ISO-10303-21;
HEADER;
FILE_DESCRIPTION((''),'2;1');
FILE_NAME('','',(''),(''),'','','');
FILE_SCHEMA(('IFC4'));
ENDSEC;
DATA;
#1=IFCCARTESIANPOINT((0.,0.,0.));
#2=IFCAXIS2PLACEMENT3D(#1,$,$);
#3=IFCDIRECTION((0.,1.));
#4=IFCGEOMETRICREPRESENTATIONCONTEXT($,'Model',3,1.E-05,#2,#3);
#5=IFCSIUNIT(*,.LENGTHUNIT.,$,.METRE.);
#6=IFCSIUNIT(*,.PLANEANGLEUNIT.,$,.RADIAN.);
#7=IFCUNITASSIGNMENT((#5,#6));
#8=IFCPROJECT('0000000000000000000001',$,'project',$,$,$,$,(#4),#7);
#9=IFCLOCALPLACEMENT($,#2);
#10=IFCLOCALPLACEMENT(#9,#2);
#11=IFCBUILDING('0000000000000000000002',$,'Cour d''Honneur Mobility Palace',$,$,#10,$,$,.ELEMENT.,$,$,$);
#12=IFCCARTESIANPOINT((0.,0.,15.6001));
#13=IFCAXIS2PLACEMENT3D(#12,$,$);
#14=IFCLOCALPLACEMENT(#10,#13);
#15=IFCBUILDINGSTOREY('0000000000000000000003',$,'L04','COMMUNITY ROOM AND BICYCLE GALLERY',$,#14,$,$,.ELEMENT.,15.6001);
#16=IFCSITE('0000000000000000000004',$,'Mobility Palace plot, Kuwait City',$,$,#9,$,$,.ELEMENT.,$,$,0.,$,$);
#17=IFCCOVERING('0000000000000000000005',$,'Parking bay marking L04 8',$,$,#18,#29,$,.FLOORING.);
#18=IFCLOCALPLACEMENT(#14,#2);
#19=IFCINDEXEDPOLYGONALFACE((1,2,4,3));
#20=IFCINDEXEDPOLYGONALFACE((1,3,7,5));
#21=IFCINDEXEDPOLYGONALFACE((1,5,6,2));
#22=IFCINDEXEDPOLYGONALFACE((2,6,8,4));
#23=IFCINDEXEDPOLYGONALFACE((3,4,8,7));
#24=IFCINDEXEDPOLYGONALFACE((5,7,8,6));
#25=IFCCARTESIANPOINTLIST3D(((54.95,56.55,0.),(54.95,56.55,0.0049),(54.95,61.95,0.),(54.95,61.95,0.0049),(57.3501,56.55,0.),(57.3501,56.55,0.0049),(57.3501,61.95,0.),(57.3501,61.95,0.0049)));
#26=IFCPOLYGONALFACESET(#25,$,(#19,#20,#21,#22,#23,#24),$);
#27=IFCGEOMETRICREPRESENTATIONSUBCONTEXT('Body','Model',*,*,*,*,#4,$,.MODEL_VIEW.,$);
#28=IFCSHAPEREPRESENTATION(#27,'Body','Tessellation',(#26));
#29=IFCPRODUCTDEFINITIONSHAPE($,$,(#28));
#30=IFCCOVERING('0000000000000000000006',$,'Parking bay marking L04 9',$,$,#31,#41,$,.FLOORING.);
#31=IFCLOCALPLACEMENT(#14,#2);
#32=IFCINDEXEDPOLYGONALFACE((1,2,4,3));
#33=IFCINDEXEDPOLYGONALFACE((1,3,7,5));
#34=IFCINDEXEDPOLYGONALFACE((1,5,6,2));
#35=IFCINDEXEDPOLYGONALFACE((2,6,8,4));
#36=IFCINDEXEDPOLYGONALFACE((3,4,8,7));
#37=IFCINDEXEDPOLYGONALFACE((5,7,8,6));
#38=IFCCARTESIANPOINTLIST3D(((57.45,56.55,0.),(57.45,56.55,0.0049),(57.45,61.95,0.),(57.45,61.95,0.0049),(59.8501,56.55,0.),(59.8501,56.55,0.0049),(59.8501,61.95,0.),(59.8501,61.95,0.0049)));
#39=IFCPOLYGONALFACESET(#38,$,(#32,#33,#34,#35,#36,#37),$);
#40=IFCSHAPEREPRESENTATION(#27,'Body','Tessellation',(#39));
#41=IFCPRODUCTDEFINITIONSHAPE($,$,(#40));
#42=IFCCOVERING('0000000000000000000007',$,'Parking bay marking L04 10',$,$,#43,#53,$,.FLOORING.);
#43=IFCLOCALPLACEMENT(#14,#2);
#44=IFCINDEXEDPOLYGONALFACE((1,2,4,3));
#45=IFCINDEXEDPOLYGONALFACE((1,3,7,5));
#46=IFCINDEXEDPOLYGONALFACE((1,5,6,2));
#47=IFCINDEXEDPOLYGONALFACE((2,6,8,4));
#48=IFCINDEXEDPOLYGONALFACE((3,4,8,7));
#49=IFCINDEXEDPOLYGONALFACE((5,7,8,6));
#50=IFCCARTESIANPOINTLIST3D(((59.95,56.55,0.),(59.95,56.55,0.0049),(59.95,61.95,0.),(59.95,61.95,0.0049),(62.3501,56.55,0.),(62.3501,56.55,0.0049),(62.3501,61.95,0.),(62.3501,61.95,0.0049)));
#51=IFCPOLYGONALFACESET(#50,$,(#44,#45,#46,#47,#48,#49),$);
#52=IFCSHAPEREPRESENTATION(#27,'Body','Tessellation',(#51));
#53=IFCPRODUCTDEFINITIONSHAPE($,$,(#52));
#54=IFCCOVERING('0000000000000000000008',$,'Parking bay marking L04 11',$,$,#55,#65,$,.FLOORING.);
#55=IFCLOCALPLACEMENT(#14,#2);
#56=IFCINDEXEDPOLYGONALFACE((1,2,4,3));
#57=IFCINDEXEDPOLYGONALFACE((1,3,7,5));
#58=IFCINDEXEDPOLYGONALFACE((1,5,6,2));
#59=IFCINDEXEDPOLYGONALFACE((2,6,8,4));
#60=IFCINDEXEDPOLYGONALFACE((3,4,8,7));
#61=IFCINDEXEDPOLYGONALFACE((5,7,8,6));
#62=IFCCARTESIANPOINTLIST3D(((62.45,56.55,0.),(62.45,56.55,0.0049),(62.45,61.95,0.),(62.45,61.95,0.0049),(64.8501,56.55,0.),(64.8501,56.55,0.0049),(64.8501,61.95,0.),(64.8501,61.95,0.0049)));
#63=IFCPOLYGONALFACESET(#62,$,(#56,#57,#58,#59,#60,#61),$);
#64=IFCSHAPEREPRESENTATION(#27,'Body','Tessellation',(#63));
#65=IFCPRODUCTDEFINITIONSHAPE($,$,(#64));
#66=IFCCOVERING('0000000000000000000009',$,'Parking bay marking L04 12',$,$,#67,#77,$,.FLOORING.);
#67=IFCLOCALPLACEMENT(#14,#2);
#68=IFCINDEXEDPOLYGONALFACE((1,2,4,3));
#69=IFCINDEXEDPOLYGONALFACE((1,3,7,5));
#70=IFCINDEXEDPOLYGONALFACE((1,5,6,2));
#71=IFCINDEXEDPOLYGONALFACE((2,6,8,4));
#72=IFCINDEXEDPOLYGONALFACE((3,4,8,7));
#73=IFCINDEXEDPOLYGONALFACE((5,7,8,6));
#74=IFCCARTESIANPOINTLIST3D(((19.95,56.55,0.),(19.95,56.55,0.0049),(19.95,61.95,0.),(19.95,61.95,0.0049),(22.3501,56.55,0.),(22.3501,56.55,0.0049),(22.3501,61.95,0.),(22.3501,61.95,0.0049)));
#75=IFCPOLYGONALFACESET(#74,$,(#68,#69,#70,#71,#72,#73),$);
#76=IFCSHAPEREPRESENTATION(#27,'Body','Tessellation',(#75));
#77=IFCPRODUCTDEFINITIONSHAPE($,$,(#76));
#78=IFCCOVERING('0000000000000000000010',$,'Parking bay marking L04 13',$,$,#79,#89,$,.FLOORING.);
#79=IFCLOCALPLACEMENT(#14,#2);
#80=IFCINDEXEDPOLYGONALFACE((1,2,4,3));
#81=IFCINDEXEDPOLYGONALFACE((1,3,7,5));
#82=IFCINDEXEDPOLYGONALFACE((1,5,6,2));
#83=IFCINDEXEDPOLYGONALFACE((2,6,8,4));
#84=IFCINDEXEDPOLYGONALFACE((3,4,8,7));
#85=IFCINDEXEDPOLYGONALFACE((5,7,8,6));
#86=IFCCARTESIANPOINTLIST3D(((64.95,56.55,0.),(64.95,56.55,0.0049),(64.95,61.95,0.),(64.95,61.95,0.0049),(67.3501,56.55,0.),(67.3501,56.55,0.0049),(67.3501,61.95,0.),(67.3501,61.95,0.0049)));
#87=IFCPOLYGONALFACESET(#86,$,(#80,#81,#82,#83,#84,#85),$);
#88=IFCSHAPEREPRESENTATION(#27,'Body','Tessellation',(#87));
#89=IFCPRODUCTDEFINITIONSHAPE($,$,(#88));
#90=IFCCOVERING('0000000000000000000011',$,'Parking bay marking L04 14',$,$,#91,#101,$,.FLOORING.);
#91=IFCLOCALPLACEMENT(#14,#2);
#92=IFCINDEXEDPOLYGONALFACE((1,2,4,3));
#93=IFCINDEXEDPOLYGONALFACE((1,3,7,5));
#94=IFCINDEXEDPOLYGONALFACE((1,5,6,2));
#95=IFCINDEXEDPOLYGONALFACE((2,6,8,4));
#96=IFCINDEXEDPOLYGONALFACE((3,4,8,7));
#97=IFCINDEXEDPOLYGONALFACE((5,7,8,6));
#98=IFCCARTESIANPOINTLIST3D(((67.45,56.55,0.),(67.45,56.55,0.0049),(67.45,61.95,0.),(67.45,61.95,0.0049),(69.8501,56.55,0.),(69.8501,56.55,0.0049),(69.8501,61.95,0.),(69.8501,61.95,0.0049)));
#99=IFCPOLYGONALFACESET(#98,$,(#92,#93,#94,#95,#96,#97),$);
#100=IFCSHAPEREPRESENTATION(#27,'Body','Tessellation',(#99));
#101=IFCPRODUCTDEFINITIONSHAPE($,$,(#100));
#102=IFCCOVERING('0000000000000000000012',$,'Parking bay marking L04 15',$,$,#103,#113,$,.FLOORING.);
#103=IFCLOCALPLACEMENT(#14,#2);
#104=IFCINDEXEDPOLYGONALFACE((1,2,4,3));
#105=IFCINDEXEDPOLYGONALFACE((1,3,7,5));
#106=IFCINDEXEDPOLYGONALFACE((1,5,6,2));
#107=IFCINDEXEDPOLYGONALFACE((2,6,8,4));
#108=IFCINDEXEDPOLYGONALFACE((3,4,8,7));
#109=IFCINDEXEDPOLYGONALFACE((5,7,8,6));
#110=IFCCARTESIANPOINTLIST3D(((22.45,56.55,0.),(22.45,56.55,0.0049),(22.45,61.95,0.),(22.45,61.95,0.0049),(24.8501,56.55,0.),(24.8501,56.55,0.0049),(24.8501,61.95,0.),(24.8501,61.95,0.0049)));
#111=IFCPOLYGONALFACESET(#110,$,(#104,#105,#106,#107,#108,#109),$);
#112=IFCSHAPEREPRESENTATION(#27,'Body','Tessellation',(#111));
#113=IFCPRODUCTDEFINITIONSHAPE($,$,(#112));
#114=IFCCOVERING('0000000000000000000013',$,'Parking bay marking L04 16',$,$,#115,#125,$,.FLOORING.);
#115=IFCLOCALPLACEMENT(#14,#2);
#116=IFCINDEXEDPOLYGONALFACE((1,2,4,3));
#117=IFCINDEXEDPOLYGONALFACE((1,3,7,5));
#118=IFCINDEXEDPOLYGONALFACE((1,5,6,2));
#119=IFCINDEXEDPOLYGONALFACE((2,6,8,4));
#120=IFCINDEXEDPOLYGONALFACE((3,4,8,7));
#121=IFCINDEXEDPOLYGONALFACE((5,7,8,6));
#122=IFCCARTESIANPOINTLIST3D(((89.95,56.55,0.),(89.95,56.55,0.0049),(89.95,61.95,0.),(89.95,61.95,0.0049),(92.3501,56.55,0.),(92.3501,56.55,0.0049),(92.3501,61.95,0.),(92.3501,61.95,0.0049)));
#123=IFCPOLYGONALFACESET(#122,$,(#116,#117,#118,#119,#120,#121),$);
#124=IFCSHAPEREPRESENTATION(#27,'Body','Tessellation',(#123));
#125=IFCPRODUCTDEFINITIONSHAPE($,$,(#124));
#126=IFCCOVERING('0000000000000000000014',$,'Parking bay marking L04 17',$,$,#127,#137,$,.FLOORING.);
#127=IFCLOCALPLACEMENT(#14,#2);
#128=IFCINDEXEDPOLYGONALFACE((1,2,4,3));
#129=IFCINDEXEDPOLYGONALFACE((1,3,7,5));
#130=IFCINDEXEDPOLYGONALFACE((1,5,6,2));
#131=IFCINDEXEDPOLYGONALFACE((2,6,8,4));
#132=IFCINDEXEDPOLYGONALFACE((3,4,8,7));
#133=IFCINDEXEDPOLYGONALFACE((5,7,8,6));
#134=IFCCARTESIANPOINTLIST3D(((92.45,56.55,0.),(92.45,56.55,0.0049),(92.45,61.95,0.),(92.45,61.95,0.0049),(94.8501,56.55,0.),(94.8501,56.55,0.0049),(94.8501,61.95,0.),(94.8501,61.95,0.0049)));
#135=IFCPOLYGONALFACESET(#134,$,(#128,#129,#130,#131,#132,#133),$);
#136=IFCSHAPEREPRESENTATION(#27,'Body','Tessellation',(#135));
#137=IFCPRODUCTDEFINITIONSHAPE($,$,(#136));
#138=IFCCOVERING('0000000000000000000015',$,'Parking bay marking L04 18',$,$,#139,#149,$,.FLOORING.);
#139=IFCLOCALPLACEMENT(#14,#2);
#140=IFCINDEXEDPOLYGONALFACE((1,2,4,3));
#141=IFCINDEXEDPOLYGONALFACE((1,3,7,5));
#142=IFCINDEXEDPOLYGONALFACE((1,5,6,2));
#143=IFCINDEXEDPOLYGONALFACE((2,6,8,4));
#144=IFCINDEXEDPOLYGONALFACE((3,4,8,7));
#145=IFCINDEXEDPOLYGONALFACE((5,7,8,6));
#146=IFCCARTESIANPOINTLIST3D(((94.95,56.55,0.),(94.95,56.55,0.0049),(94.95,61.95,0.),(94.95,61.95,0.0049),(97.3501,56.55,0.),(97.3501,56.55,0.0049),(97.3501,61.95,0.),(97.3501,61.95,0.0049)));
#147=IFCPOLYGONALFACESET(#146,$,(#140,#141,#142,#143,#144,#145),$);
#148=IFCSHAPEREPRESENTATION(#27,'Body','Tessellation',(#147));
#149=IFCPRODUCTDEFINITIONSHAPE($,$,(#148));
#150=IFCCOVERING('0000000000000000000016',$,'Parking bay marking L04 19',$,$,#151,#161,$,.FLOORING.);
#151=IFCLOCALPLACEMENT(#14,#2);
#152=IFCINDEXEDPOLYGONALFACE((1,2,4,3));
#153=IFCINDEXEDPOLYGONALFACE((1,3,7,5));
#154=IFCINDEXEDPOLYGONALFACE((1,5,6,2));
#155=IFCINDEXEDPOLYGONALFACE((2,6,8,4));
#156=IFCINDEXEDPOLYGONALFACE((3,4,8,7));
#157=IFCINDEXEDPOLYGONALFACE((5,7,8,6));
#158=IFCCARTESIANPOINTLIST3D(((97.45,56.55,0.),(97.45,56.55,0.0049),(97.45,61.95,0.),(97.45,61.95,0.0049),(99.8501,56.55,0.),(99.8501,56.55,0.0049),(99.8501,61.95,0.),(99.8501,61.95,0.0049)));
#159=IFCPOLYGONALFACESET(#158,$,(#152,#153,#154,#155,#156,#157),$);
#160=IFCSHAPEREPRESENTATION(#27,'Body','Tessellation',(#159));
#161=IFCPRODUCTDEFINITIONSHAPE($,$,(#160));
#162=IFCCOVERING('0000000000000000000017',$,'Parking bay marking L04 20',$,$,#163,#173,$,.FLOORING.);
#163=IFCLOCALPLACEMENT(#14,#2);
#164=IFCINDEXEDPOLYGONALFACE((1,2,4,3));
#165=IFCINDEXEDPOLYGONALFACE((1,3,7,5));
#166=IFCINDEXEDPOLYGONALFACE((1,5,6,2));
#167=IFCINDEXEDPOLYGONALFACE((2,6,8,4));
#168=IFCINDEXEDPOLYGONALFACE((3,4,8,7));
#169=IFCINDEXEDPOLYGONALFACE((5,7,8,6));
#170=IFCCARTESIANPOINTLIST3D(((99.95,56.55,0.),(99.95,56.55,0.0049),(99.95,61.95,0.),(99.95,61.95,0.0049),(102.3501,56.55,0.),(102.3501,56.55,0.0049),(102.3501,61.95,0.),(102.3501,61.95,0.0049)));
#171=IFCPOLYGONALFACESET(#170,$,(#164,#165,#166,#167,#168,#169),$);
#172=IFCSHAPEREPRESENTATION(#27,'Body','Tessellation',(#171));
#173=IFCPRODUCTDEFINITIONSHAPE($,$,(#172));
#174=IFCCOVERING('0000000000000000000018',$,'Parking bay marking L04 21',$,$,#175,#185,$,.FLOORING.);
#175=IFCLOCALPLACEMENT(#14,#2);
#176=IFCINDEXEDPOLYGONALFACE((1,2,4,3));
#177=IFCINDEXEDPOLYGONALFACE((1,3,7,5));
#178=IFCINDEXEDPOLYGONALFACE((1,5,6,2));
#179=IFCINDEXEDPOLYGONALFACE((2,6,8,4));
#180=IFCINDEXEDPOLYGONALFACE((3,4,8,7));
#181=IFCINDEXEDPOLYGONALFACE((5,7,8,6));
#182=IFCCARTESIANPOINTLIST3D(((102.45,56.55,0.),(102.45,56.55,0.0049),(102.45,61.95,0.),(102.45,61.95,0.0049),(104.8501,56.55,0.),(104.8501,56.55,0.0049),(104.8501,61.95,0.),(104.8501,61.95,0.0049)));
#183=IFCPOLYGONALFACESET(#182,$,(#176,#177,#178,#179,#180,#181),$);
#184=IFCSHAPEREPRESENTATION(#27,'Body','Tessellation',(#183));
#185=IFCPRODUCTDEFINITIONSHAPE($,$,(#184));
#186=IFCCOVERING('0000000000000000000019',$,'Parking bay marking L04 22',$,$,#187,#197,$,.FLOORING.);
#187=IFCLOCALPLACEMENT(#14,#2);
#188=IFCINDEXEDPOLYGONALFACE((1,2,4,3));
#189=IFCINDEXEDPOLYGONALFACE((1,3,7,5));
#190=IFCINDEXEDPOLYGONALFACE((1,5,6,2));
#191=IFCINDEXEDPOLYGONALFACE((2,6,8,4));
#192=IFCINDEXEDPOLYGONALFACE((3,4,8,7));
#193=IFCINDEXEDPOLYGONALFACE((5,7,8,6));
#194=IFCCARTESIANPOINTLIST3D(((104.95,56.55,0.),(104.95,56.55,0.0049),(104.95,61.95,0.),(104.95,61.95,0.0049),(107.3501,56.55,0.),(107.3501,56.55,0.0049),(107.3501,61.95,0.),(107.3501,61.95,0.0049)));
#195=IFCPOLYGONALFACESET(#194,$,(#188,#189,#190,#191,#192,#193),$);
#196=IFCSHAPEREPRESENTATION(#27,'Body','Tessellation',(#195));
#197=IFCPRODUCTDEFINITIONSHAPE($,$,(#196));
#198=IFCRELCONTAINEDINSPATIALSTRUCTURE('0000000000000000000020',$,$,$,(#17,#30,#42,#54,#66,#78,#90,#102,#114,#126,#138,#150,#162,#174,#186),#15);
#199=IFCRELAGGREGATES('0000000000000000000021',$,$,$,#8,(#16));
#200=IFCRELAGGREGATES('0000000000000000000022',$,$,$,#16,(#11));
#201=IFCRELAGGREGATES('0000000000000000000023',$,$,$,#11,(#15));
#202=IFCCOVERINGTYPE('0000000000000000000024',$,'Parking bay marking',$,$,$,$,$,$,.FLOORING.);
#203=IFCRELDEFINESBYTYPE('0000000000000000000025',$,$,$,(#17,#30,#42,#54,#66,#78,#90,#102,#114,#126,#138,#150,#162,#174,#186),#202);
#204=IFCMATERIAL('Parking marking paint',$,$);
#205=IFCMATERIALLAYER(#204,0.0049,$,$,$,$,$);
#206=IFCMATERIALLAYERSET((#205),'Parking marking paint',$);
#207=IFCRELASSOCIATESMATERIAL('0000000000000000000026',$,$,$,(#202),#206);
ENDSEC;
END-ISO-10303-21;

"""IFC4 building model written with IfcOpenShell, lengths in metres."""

from ifc_helpers import new_model, si_unit, direction, frame, origin, place, context, subcontext, project, spatial, polyline, outline, extrude, material, layer, layer_set, type_object, element, save


model = new_model("IFC4")

# Units and contexts
model_context = context("Model", 3, precision=1e-05, world=origin(), true_north=direction((0.0, 1.0)))
body_context = subcontext(model_context, "Body", "Model", "MODEL_VIEW")
ifc_project = project(units=[si_unit("LENGTHUNIT", "METRE"), si_unit("PLANEANGLEUNIT", "RADIAN")], contexts=[model_context])

# Site, building, storey
site_placement = place(None, origin())
site = spatial("IfcSite", under=ifc_project, at=site_placement, Name="Mobility Palace plot, Kuwait City", CompositionType="ELEMENT", RefElevation=0.0)
building_placement = place(site_placement, origin())
building = spatial("IfcBuilding", under=site, at=building_placement, Name="Cour d'Honneur Mobility Palace", CompositionType="ELEMENT")
storey_placement = place(building_placement, frame((0.0, 0.0, 15.6001)))
storey = spatial("IfcBuildingStorey", under=building, at=storey_placement, Name="L04", Description="COMMUNITY ROOM AND BICYCLE GALLERY", CompositionType="ELEMENT", Elevation=15.6001)

# Coverings
ifc_material_1 = material(Name="Parking marking paint")
ifc_layer_1 = layer(ifc_material_1, 0.0049)
ifc_layer_set_1 = layer_set([ifc_layer_1], Name="Parking marking paint")
covering_type_1 = type_object("IfcCoveringType", Name="Parking bay marking", PredefinedType="FLOORING", material=ifc_layer_set_1)
covering_1_placement = place(storey_placement, origin())
element("IfcCovering", 1, at=covering_1_placement, inside=storey, type_object=covering_type_1, Name="Parking bay marking L04 8", PredefinedType="FLOORING", context=body_context, shape_type="SweptSolid", body=[
    extrude(outline(polyline([(57.3501, 56.55), (54.95, 56.55), (54.95, 61.95), (57.3501, 61.95), (57.3501, 56.55)])), origin(), (0.0, 0.0, 1.0), 0.0049),
])
covering_2_placement = place(storey_placement, origin())
element("IfcCovering", 2, at=covering_2_placement, inside=storey, type_object=covering_type_1, Name="Parking bay marking L04 9", PredefinedType="FLOORING", context=body_context, shape_type="SweptSolid", body=[
    extrude(outline(polyline([(59.8501, 56.55), (57.45, 56.55), (57.45, 61.95), (59.8501, 61.95), (59.8501, 56.55)])), origin(), (0.0, 0.0, 1.0), 0.0049),
])
covering_3_placement = place(storey_placement, origin())
element("IfcCovering", 3, at=covering_3_placement, inside=storey, type_object=covering_type_1, Name="Parking bay marking L04 10", PredefinedType="FLOORING", context=body_context, shape_type="SweptSolid", body=[
    extrude(outline(polyline([(62.3501, 56.55), (59.95, 56.55), (59.95, 61.95), (62.3501, 61.95), (62.3501, 56.55)])), origin(), (0.0, 0.0, 1.0), 0.0049),
])
covering_4_placement = place(storey_placement, origin())
element("IfcCovering", 4, at=covering_4_placement, inside=storey, type_object=covering_type_1, Name="Parking bay marking L04 11", PredefinedType="FLOORING", context=body_context, shape_type="SweptSolid", body=[
    extrude(outline(polyline([(64.8501, 56.55), (62.45, 56.55), (62.45, 61.95), (64.8501, 61.95), (64.8501, 56.55)])), origin(), (0.0, 0.0, 1.0), 0.0049),
])
covering_5_placement = place(storey_placement, origin())
element("IfcCovering", 5, at=covering_5_placement, inside=storey, type_object=covering_type_1, Name="Parking bay marking L04 12", PredefinedType="FLOORING", context=body_context, shape_type="SweptSolid", body=[
    extrude(outline(polyline([(22.3501, 56.55), (19.95, 56.55), (19.95, 61.95), (22.3501, 61.95), (22.3501, 56.55)])), origin(), (0.0, 0.0, 1.0), 0.0049),
])
covering_6_placement = place(storey_placement, origin())
element("IfcCovering", 6, at=covering_6_placement, inside=storey, type_object=covering_type_1, Name="Parking bay marking L04 13", PredefinedType="FLOORING", context=body_context, shape_type="SweptSolid", body=[
    extrude(outline(polyline([(67.3501, 56.55), (64.95, 56.55), (64.95, 61.95), (67.3501, 61.95), (67.3501, 56.55)])), origin(), (0.0, 0.0, 1.0), 0.0049),
])
covering_7_placement = place(storey_placement, origin())
element("IfcCovering", 7, at=covering_7_placement, inside=storey, type_object=covering_type_1, Name="Parking bay marking L04 14", PredefinedType="FLOORING", context=body_context, shape_type="SweptSolid", body=[
    extrude(outline(polyline([(69.8501, 56.55), (67.45, 56.55), (67.45, 61.95), (69.8501, 61.95), (69.8501, 56.55)])), origin(), (0.0, 0.0, 1.0), 0.0049),
])
covering_8_placement = place(storey_placement, origin())
element("IfcCovering", 8, at=covering_8_placement, inside=storey, type_object=covering_type_1, Name="Parking bay marking L04 15", PredefinedType="FLOORING", context=body_context, shape_type="SweptSolid", body=[
    extrude(outline(polyline([(24.8501, 56.55), (22.45, 56.55), (22.45, 61.95), (24.8501, 61.95), (24.8501, 56.55)])), origin(), (0.0, 0.0, 1.0), 0.0049),
])
covering_9_placement = place(storey_placement, origin())
element("IfcCovering", 9, at=covering_9_placement, inside=storey, type_object=covering_type_1, Name="Parking bay marking L04 16", PredefinedType="FLOORING", context=body_context, shape_type="SweptSolid", body=[
    extrude(outline(polyline([(92.3501, 56.55), (89.95, 56.55), (89.95, 61.95), (92.3501, 61.95), (92.3501, 56.55)])), origin(), (0.0, 0.0, 1.0), 0.0049),
])
covering_10_placement = place(storey_placement, origin())
element("IfcCovering", 10, at=covering_10_placement, inside=storey, type_object=covering_type_1, Name="Parking bay marking L04 17", PredefinedType="FLOORING", context=body_context, shape_type="SweptSolid", body=[
    extrude(outline(polyline([(94.8501, 56.55), (92.45, 56.55), (92.45, 61.95), (94.8501, 61.95), (94.8501, 56.55)])), origin(), (0.0, 0.0, 1.0), 0.0049),
])
covering_11_placement = place(storey_placement, origin())
element("IfcCovering", 11, at=covering_11_placement, inside=storey, type_object=covering_type_1, Name="Parking bay marking L04 18", PredefinedType="FLOORING", context=body_context, shape_type="SweptSolid", body=[
    extrude(outline(polyline([(97.3501, 56.55), (94.95, 56.55), (94.95, 61.95), (97.3501, 61.95), (97.3501, 56.55)])), origin(), (0.0, 0.0, 1.0), 0.0049),
])
covering_12_placement = place(storey_placement, origin())
element("IfcCovering", 12, at=covering_12_placement, inside=storey, type_object=covering_type_1, Name="Parking bay marking L04 19", PredefinedType="FLOORING", context=body_context, shape_type="SweptSolid", body=[
    extrude(outline(polyline([(99.8501, 56.55), (97.45, 56.55), (97.45, 61.95), (99.8501, 61.95), (99.8501, 56.55)])), origin(), (0.0, 0.0, 1.0), 0.0049),
])
covering_13_placement = place(storey_placement, origin())
element("IfcCovering", 13, at=covering_13_placement, inside=storey, type_object=covering_type_1, Name="Parking bay marking L04 20", PredefinedType="FLOORING", context=body_context, shape_type="SweptSolid", body=[
    extrude(outline(polyline([(102.3501, 56.55), (99.95, 56.55), (99.95, 61.95), (102.3501, 61.95), (102.3501, 56.55)])), origin(), (0.0, 0.0, 1.0), 0.0049),
])
covering_14_placement = place(storey_placement, origin())
element("IfcCovering", 14, at=covering_14_placement, inside=storey, type_object=covering_type_1, Name="Parking bay marking L04 21", PredefinedType="FLOORING", context=body_context, shape_type="SweptSolid", body=[
    extrude(outline(polyline([(104.8501, 56.55), (102.45, 56.55), (102.45, 61.95), (104.8501, 61.95), (104.8501, 56.55)])), origin(), (0.0, 0.0, 1.0), 0.0049),
])
covering_15_placement = place(storey_placement, origin())
element("IfcCovering", 15, at=covering_15_placement, inside=storey, type_object=covering_type_1, Name="Parking bay marking L04 22", PredefinedType="FLOORING", context=body_context, shape_type="SweptSolid", body=[
    extrude(outline(polyline([(107.3501, 56.55), (104.95, 56.55), (104.95, 61.95), (107.3501, 61.95), (107.3501, 56.55)])), origin(), (0.0, 0.0, 1.0), 0.0049),
])

save(model, "model.ifc")
